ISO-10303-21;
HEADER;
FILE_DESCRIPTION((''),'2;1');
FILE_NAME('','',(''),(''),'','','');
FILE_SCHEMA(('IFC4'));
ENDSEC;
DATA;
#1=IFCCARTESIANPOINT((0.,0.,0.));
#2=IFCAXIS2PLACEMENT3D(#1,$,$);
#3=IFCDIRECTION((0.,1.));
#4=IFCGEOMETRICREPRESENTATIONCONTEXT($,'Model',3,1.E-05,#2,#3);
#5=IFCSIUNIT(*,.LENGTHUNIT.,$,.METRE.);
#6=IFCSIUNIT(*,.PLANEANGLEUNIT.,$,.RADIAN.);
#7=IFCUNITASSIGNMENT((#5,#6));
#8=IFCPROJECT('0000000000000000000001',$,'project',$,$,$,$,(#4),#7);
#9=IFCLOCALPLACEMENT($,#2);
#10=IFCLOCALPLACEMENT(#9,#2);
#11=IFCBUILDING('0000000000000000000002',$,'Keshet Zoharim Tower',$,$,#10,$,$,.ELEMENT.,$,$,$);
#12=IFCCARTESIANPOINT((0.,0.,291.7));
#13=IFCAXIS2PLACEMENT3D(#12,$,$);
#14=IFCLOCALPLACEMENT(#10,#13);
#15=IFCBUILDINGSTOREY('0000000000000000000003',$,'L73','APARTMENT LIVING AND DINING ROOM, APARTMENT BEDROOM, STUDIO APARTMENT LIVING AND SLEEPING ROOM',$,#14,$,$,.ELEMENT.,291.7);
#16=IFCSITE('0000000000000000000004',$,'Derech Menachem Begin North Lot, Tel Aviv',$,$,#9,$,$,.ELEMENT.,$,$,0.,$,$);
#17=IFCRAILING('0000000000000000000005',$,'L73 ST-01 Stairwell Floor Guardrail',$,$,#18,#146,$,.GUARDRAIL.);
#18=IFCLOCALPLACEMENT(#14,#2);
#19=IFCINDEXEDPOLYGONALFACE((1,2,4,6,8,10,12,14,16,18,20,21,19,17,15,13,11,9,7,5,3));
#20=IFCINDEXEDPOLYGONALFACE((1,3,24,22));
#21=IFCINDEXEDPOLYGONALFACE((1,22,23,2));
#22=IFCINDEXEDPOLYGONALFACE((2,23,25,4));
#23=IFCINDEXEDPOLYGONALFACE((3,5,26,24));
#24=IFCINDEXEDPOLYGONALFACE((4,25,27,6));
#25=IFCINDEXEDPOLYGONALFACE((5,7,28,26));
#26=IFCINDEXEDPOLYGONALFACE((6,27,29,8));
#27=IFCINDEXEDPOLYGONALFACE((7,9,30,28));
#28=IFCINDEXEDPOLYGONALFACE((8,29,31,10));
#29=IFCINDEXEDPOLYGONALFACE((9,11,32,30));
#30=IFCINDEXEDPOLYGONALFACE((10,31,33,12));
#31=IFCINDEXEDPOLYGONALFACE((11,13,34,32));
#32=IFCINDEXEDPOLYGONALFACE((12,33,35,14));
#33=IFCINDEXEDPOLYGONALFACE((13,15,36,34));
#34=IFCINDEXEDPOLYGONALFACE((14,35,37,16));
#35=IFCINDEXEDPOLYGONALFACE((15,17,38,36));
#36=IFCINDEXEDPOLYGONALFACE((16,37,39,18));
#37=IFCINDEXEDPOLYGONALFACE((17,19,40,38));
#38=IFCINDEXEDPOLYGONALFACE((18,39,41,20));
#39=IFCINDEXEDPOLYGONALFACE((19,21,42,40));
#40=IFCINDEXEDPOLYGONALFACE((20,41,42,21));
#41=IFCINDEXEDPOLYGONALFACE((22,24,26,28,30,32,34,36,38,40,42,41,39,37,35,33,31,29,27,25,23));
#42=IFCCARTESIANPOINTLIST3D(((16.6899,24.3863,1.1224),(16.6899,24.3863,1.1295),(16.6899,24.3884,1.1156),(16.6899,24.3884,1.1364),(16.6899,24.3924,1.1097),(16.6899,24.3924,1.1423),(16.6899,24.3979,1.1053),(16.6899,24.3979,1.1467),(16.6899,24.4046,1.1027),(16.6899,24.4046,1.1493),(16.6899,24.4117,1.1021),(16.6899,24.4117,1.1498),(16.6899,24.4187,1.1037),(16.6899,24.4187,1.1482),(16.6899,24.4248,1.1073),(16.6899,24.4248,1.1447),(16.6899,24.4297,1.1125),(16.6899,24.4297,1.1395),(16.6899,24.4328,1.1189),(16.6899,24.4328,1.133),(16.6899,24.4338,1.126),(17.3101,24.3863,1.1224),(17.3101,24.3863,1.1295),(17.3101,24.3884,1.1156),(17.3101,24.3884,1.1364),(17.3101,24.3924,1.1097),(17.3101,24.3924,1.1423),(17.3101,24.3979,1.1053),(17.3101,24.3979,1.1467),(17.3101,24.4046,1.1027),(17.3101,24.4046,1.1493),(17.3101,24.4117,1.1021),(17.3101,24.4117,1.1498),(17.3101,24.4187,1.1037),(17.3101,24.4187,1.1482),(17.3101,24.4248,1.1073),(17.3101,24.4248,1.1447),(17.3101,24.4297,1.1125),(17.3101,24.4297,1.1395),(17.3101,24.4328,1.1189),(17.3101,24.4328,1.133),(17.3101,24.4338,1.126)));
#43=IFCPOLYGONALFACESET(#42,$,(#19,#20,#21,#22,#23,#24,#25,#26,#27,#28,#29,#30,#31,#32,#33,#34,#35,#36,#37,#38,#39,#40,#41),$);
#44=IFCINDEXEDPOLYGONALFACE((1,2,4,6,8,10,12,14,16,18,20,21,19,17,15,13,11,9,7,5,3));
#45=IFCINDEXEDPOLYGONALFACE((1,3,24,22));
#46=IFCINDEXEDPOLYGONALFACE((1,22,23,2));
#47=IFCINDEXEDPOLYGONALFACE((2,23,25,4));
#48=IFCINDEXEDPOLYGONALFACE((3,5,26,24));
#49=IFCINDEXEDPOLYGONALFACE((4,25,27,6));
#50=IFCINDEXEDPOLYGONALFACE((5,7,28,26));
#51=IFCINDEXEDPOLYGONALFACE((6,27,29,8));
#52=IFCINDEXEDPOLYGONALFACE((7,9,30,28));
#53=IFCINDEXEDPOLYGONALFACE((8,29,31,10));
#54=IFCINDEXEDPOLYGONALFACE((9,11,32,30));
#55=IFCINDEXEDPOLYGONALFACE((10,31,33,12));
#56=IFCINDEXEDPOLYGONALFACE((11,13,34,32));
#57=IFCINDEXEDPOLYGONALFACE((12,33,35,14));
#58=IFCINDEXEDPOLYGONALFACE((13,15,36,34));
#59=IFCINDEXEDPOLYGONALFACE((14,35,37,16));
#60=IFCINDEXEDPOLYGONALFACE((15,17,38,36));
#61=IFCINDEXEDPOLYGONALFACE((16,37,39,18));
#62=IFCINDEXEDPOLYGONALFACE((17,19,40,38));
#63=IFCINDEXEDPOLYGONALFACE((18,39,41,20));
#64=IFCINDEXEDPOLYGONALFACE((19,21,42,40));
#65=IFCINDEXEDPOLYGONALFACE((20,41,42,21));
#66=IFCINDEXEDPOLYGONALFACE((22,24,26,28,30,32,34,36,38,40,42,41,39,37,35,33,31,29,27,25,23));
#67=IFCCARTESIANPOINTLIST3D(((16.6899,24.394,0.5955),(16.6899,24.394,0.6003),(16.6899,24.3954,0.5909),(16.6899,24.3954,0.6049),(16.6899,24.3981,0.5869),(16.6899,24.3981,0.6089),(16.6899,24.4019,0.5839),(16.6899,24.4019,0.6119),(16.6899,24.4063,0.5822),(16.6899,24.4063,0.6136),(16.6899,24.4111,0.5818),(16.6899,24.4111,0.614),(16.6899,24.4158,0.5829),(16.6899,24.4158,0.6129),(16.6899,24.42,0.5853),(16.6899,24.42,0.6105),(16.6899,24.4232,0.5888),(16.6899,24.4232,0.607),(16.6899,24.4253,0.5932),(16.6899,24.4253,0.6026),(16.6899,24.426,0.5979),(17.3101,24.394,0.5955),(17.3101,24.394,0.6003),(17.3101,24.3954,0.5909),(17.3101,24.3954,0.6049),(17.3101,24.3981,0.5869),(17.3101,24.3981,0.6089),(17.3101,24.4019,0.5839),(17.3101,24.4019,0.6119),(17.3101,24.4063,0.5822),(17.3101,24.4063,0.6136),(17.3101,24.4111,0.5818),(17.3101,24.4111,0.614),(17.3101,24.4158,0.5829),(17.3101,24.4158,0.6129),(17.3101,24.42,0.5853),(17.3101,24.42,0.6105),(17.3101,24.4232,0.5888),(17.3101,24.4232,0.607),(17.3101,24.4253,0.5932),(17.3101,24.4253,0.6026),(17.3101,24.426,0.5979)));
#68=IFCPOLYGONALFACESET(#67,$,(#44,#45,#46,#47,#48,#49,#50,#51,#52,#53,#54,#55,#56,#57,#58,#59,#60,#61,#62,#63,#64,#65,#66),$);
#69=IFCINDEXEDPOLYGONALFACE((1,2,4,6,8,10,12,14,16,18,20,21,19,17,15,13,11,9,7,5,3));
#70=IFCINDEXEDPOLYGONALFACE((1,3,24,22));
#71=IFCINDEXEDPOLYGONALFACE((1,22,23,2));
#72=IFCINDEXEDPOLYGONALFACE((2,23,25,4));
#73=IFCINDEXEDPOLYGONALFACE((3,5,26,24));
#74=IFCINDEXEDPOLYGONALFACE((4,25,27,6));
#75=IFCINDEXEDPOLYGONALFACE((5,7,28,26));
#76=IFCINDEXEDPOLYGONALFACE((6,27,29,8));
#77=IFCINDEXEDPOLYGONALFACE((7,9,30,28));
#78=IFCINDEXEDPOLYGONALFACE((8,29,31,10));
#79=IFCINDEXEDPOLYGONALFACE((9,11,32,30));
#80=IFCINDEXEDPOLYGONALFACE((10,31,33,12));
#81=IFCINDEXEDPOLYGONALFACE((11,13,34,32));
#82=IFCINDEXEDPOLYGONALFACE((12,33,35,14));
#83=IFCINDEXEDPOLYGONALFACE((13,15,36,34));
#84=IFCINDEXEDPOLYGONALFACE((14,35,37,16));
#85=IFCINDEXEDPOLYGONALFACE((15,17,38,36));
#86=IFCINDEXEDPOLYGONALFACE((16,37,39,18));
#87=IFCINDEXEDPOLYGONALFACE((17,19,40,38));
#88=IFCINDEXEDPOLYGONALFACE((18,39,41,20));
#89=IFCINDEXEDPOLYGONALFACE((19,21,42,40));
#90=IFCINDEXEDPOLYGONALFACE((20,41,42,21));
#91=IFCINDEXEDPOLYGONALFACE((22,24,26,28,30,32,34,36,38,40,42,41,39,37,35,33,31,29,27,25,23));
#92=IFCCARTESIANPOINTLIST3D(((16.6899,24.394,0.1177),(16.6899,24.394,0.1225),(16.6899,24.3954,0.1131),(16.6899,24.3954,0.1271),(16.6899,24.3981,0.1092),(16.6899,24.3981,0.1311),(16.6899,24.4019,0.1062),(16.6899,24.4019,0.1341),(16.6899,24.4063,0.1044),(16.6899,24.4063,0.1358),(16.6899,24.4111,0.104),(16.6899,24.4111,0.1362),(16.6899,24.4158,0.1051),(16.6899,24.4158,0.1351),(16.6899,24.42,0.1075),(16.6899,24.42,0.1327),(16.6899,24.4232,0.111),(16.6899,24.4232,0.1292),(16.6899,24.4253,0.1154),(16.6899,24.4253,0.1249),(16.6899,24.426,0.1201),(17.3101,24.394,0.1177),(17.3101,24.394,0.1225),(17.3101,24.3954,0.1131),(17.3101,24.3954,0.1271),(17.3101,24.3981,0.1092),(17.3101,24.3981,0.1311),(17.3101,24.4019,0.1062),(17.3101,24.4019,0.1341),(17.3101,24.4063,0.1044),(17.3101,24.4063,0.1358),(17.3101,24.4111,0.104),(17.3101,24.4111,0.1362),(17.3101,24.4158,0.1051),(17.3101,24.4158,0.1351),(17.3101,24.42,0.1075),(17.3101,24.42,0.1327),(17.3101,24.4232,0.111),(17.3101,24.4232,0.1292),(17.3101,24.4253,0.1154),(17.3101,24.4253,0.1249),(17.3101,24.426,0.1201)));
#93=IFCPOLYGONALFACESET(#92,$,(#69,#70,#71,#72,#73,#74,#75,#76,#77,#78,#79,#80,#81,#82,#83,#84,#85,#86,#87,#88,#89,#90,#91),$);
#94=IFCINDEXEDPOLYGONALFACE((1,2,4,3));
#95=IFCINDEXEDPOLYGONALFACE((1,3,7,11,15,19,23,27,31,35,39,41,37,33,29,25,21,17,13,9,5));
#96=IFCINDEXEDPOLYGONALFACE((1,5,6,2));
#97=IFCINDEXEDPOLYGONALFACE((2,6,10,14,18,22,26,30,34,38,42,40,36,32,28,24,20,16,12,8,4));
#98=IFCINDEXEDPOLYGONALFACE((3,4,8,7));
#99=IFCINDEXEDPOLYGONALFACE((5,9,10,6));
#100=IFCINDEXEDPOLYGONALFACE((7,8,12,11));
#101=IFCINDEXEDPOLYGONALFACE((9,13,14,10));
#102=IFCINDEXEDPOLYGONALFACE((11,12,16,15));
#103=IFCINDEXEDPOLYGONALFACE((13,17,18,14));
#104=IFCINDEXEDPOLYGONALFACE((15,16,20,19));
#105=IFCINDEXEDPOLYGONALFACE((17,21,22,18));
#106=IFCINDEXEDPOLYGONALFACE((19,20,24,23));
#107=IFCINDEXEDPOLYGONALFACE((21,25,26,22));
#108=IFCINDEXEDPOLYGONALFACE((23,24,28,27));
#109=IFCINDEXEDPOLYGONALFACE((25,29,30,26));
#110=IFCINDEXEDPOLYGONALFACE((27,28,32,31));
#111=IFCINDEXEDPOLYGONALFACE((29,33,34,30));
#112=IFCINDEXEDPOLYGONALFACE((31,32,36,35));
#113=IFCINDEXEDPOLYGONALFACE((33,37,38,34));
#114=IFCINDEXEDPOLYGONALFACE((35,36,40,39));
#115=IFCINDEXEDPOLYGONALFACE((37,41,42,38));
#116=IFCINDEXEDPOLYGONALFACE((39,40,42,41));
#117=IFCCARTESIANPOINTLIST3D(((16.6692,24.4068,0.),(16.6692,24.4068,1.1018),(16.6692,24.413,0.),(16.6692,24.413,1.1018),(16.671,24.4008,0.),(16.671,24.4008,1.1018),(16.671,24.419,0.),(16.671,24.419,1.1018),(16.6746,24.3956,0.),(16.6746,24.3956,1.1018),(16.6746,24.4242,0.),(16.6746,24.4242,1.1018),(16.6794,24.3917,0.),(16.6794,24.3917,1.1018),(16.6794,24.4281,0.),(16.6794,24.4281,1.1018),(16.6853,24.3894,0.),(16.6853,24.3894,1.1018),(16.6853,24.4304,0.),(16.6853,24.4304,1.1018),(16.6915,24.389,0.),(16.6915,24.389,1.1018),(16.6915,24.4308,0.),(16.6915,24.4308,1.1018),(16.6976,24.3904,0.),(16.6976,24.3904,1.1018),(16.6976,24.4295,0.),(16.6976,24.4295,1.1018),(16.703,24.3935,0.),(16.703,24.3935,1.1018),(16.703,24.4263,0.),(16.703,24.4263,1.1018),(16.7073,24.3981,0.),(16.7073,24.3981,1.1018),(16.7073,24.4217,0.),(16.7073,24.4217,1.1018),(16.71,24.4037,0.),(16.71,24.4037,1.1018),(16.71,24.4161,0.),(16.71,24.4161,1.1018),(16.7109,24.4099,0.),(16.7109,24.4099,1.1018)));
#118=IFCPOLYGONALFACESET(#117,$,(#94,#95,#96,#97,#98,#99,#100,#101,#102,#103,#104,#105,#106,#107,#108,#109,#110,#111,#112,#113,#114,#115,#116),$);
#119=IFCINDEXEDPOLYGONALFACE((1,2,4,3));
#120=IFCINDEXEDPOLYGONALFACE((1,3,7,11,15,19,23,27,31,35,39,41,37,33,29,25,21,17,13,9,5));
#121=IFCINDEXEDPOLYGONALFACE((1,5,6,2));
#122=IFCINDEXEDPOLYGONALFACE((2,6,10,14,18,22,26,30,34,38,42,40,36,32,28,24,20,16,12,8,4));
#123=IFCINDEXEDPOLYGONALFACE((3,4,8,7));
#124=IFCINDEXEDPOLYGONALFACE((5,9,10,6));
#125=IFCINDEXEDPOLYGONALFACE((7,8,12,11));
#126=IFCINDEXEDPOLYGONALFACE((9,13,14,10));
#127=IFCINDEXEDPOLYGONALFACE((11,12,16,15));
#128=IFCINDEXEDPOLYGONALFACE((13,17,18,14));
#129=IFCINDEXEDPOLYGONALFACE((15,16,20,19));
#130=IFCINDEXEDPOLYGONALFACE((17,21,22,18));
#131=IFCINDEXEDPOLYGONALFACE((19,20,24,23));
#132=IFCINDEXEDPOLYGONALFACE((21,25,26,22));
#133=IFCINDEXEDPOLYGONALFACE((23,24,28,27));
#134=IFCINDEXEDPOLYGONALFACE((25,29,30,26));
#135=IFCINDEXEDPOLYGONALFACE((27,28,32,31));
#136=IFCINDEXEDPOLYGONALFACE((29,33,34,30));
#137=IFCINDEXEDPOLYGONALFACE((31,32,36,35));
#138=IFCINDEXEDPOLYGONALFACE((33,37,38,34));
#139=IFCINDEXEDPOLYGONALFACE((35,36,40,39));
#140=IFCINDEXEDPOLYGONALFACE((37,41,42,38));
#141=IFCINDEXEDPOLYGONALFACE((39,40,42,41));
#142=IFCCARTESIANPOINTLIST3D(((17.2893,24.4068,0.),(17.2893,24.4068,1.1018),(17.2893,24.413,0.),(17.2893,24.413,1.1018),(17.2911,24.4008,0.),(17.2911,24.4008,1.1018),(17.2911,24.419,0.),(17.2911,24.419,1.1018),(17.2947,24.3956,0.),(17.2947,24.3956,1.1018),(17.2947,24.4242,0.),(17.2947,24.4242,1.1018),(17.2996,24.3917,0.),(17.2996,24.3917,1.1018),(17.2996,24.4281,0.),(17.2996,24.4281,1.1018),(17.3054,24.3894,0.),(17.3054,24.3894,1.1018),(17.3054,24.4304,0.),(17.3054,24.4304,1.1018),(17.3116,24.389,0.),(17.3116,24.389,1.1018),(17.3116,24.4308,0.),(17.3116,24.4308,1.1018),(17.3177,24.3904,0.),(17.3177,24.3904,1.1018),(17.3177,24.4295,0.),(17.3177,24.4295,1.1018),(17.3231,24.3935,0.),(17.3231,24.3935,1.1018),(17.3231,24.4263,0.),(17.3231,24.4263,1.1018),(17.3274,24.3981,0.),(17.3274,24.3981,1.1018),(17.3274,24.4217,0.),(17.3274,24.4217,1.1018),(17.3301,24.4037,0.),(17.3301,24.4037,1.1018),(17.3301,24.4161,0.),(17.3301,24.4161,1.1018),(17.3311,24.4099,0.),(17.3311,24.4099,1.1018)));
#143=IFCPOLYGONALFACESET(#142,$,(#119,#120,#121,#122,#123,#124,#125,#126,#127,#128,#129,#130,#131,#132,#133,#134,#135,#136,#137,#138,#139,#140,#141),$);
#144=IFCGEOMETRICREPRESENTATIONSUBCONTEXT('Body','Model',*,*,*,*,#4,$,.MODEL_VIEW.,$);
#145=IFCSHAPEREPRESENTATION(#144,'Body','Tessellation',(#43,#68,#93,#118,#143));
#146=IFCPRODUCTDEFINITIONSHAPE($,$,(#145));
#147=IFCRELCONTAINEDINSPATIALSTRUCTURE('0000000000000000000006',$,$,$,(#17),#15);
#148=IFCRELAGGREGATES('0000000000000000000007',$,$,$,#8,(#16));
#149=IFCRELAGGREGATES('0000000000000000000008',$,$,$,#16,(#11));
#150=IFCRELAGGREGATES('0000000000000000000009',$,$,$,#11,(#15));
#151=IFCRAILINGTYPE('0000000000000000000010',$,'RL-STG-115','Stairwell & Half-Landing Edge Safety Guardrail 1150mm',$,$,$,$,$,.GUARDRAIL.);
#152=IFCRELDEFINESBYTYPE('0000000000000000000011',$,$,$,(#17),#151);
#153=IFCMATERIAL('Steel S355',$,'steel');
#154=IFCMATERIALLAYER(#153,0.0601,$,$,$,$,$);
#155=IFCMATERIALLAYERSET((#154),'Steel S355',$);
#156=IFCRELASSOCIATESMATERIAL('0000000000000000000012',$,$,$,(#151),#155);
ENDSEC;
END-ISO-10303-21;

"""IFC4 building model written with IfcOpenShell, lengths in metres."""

from ifc_helpers import new_model, si_unit, direction, frame, origin, origin_2d, place, context, subcontext, project, spatial, circle, extrude, material, layer, layer_set, type_object, element, save


model = new_model("IFC4")

# Units and contexts
model_context = context("Model", 3, precision=1e-05, world=origin(), true_north=direction((0.0, 1.0)))
body_context = subcontext(model_context, "Body", "Model", "MODEL_VIEW")
ifc_project = project(units=[si_unit("LENGTHUNIT", "METRE"), si_unit("PLANEANGLEUNIT", "RADIAN")], contexts=[model_context])

# Site, building, storey
site_placement = place(None, origin())
site = spatial("IfcSite", under=ifc_project, at=site_placement, Name="Derech Menachem Begin North Lot, Tel Aviv", CompositionType="ELEMENT", RefElevation=0.0)
building_placement = place(site_placement, origin())
building = spatial("IfcBuilding", under=site, at=building_placement, Name="Keshet Zoharim Tower", CompositionType="ELEMENT")
storey_placement = place(building_placement, frame((0.0, 0.0, 291.7)))
storey = spatial("IfcBuildingStorey", under=building, at=storey_placement, Name="L73", Description="APARTMENT LIVING AND DINING ROOM, APARTMENT BEDROOM, STUDIO APARTMENT LIVING AND SLEEPING ROOM", CompositionType="ELEMENT", Elevation=291.7)

# Shared definitions
ifc_material_1 = material(Name="Steel S355", Category="steel")

# Railing
ifc_layer_1 = layer(ifc_material_1, 0.0601)
ifc_layer_set_1 = layer_set([ifc_layer_1], Name="Steel S355")
railing_type_1 = type_object("IfcRailingType", Name="RL-STG-115", Description="Stairwell & Half-Landing Edge Safety Guardrail 1150mm", PredefinedType="GUARDRAIL", material=ifc_layer_set_1)
railing_1_placement = place(storey_placement, frame((16.6899, 24.4099, 0.0)))
element("IfcRailing", 1, at=railing_1_placement, inside=storey, type_object=railing_type_1, Name="L73 ST-01 Stairwell Floor Guardrail", PredefinedType="GUARDRAIL", context=body_context, shape_type="SweptSolid", body=[
    extrude(circle(Radius=0.0239, at=origin_2d()), frame((0.0, 0.0, 1.126), z_axis=(1.0, 0.0, 0.0), x_axis=(0.0, 1.0, 0.0)), (0.0, 0.0, 1.0), 0.6201),
    extrude(circle(Radius=0.0161, at=origin_2d()), frame((0.0, 0.0, 0.5979), z_axis=(1.0, 0.0, 0.0), x_axis=(0.0, 1.0, 0.0)), (0.0, 0.0, 1.0), 0.6201),
    extrude(circle(Radius=0.0161, at=origin_2d()), frame((0.0, 0.0, 0.1201), z_axis=(1.0, 0.0, 0.0), x_axis=(0.0, 1.0, 0.0)), (0.0, 0.0, 1.0), 0.6201),
    extrude(circle(Radius=0.021, at=origin_2d()), origin(), (0.0, 0.0, 1.0), 1.1018),
    extrude(circle(Radius=0.021, at=origin_2d()), frame((0.6201, 0.0, 0.0)), (0.0, 0.0, 1.0), 1.1018),
])

save(model, "model.ifc")
